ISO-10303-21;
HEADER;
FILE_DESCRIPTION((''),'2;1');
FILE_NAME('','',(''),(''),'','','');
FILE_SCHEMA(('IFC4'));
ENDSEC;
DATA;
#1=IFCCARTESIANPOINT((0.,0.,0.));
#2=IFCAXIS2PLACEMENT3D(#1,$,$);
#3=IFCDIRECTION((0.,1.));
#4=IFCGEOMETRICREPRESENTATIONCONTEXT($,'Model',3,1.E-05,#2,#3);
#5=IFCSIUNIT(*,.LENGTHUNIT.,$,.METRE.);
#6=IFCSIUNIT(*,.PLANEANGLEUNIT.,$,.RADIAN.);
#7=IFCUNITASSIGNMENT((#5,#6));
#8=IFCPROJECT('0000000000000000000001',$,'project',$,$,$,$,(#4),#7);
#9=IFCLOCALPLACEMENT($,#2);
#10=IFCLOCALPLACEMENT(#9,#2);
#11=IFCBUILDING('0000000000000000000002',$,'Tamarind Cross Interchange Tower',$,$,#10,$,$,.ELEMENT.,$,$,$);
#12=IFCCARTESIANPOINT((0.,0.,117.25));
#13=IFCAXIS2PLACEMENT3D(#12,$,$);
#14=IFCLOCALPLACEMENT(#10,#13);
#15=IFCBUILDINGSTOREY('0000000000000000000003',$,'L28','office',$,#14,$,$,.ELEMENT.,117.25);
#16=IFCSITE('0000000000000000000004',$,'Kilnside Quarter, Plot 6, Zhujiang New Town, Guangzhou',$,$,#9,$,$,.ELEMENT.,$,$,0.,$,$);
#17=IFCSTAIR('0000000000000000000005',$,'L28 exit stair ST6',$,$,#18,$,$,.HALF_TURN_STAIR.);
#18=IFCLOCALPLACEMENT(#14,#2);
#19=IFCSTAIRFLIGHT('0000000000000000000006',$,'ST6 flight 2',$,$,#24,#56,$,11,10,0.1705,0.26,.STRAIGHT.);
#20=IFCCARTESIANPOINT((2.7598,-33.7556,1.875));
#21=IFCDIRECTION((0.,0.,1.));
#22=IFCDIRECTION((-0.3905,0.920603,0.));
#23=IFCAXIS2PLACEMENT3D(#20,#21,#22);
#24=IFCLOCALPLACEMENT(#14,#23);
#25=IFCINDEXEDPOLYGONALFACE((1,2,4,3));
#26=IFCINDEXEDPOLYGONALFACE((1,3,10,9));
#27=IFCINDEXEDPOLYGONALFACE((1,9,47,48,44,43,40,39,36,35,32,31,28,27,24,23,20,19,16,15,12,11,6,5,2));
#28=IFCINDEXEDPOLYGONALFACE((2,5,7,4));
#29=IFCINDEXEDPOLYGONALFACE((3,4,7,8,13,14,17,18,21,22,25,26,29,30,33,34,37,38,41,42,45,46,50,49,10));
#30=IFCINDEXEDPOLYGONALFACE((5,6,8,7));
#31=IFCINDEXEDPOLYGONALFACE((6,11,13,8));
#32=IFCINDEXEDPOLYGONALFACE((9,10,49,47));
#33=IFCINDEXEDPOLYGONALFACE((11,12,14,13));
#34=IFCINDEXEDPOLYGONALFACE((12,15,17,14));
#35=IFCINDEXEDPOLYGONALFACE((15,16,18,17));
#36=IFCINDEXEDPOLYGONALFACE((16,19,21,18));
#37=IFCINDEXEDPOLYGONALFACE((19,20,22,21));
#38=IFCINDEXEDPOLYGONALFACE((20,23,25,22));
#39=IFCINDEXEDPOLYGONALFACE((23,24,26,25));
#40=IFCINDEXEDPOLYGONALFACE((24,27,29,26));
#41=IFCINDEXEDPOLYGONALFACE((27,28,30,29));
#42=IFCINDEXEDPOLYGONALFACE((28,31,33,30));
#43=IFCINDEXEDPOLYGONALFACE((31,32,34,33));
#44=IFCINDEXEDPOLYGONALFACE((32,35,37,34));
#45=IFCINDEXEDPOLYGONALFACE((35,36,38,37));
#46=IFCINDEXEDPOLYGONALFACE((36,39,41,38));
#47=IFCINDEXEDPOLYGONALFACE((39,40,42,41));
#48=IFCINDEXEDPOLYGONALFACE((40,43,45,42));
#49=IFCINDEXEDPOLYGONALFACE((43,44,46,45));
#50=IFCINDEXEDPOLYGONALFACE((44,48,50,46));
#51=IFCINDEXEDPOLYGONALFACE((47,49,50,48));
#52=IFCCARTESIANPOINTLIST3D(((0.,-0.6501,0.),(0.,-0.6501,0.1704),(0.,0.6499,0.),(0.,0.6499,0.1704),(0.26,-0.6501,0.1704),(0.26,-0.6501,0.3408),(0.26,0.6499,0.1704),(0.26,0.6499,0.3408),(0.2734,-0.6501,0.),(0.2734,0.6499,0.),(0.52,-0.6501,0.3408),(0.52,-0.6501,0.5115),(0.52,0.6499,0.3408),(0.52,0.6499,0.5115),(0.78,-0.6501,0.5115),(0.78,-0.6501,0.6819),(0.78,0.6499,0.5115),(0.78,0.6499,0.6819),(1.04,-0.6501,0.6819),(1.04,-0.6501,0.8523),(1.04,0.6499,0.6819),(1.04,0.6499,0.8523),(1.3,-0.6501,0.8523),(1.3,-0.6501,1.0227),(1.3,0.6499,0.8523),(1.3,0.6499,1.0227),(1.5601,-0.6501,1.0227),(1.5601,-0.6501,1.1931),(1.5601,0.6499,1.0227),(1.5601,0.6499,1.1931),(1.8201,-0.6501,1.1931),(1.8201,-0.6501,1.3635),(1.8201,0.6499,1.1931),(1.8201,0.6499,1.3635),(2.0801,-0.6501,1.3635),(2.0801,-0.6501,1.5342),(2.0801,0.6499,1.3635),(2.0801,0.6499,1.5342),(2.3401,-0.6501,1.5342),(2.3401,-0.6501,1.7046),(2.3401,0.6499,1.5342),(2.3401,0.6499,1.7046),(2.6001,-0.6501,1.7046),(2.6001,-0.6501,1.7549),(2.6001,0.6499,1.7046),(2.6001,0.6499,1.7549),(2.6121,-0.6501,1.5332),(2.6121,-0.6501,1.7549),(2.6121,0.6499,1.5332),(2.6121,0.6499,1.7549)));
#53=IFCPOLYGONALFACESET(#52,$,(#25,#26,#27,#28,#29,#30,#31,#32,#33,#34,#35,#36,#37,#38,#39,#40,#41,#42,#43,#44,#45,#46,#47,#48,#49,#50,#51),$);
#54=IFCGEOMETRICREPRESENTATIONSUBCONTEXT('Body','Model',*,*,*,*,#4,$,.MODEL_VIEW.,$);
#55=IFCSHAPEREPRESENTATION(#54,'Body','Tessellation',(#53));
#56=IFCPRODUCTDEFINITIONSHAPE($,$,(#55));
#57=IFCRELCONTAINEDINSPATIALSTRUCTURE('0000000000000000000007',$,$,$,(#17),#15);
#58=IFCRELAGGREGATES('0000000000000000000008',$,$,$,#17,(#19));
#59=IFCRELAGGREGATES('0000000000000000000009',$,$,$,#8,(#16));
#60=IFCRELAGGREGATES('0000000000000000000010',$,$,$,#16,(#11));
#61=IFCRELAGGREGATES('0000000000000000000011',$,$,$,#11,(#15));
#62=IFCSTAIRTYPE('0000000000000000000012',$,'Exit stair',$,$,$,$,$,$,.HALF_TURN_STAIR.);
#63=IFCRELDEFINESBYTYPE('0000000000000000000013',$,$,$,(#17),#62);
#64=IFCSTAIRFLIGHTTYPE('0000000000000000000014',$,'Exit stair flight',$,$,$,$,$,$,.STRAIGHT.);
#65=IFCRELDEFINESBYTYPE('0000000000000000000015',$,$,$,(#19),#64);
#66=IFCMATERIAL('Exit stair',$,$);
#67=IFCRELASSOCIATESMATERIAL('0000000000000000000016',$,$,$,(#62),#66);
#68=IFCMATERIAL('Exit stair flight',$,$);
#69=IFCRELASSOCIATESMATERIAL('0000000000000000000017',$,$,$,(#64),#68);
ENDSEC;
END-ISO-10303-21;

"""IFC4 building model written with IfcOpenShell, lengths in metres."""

from ifc_helpers import new_model, si_unit, direction, frame, origin, place, context, subcontext, project, spatial, polyline, outline, extrude, material, type_object, element, aggregate, save


model = new_model("IFC4")

# Units and contexts
model_context = context("Model", 3, precision=1e-05, world=origin(), true_north=direction((0.0, 1.0)))
body_context = subcontext(model_context, "Body", "Model", "MODEL_VIEW")
ifc_project = project(units=[si_unit("LENGTHUNIT", "METRE"), si_unit("PLANEANGLEUNIT", "RADIAN")], contexts=[model_context])

# Site, building, storey
site_placement = place(None, origin())
site = spatial("IfcSite", under=ifc_project, at=site_placement, Name="Kilnside Quarter, Plot 6, Zhujiang New Town, Guangzhou", CompositionType="ELEMENT", RefElevation=0.0)
building_placement = place(site_placement, origin())
building = spatial("IfcBuilding", under=site, at=building_placement, Name="Tamarind Cross Interchange Tower", CompositionType="ELEMENT")
storey_placement = place(building_placement, frame((0.0, 0.0, 117.25)))
storey = spatial("IfcBuildingStorey", under=building, at=storey_placement, Name="L28", Description="office", CompositionType="ELEMENT", Elevation=117.25)

# Stair, stair flight
ifc_material_1 = material(Name="Exit stair")
stair_type = type_object("IfcStairType", Name="Exit stair", PredefinedType="HALF_TURN_STAIR", material=ifc_material_1)
stair_placement = place(storey_placement, origin())
stair = element("IfcStair", 1, at=stair_placement, inside=storey, type_object=stair_type, Name="L28 exit stair ST6", PredefinedType="HALF_TURN_STAIR")
ifc_material_2 = material(Name="Exit stair flight")
stair_flight_type = type_object("IfcStairFlightType", Name="Exit stair flight", PredefinedType="STRAIGHT", material=ifc_material_2)
stair_flight_placement = place(storey_placement, frame((2.7598, -33.7556, 1.875), z_axis=(0.0, 0.0, 1.0), x_axis=(-0.3905, 0.920603, 0.0)))
stair_flight = element("IfcStairFlight", 2, at=stair_flight_placement, type_object=stair_flight_type, Name="ST6 flight 2", NumberOfRisers=11, NumberOfTreads=10, PredefinedType="STRAIGHT", RiserHeight=0.1705, TreadLength=0.26, context=body_context, shape_type="SweptSolid", body=[
    extrude(outline(polyline([(0.0, 0.0), (0.0, 0.1704), (0.26, 0.1704), (0.26, 0.3408), (0.52, 0.3408), (0.52, 0.5115), (0.78, 0.5115), (0.78, 0.6819), (1.04, 0.6819), (1.04, 0.8523), (1.3, 0.8523), (1.3, 1.0227), (1.5601, 1.0227), (1.5601, 1.1931), (1.8201, 1.1931), (1.8201, 1.3635), (2.0801, 1.3635), (2.0801, 1.5342), (2.3401, 1.5342), (2.3401, 1.7046), (2.6001, 1.7046), (2.6001, 1.7549), (2.6121, 1.7549), (2.6121, 1.5332), (0.2734, 0.0), (0.0, 0.0)])), frame((0.0, 0.6499, 0.0), z_axis=(0.0, -1.0, 0.0), x_axis=(1.0, 0.0, 0.0)), (0.0, 0.0, 1.0), 1.3),
])
aggregate(stair, [stair_flight])

save(model, "model.ifc")
